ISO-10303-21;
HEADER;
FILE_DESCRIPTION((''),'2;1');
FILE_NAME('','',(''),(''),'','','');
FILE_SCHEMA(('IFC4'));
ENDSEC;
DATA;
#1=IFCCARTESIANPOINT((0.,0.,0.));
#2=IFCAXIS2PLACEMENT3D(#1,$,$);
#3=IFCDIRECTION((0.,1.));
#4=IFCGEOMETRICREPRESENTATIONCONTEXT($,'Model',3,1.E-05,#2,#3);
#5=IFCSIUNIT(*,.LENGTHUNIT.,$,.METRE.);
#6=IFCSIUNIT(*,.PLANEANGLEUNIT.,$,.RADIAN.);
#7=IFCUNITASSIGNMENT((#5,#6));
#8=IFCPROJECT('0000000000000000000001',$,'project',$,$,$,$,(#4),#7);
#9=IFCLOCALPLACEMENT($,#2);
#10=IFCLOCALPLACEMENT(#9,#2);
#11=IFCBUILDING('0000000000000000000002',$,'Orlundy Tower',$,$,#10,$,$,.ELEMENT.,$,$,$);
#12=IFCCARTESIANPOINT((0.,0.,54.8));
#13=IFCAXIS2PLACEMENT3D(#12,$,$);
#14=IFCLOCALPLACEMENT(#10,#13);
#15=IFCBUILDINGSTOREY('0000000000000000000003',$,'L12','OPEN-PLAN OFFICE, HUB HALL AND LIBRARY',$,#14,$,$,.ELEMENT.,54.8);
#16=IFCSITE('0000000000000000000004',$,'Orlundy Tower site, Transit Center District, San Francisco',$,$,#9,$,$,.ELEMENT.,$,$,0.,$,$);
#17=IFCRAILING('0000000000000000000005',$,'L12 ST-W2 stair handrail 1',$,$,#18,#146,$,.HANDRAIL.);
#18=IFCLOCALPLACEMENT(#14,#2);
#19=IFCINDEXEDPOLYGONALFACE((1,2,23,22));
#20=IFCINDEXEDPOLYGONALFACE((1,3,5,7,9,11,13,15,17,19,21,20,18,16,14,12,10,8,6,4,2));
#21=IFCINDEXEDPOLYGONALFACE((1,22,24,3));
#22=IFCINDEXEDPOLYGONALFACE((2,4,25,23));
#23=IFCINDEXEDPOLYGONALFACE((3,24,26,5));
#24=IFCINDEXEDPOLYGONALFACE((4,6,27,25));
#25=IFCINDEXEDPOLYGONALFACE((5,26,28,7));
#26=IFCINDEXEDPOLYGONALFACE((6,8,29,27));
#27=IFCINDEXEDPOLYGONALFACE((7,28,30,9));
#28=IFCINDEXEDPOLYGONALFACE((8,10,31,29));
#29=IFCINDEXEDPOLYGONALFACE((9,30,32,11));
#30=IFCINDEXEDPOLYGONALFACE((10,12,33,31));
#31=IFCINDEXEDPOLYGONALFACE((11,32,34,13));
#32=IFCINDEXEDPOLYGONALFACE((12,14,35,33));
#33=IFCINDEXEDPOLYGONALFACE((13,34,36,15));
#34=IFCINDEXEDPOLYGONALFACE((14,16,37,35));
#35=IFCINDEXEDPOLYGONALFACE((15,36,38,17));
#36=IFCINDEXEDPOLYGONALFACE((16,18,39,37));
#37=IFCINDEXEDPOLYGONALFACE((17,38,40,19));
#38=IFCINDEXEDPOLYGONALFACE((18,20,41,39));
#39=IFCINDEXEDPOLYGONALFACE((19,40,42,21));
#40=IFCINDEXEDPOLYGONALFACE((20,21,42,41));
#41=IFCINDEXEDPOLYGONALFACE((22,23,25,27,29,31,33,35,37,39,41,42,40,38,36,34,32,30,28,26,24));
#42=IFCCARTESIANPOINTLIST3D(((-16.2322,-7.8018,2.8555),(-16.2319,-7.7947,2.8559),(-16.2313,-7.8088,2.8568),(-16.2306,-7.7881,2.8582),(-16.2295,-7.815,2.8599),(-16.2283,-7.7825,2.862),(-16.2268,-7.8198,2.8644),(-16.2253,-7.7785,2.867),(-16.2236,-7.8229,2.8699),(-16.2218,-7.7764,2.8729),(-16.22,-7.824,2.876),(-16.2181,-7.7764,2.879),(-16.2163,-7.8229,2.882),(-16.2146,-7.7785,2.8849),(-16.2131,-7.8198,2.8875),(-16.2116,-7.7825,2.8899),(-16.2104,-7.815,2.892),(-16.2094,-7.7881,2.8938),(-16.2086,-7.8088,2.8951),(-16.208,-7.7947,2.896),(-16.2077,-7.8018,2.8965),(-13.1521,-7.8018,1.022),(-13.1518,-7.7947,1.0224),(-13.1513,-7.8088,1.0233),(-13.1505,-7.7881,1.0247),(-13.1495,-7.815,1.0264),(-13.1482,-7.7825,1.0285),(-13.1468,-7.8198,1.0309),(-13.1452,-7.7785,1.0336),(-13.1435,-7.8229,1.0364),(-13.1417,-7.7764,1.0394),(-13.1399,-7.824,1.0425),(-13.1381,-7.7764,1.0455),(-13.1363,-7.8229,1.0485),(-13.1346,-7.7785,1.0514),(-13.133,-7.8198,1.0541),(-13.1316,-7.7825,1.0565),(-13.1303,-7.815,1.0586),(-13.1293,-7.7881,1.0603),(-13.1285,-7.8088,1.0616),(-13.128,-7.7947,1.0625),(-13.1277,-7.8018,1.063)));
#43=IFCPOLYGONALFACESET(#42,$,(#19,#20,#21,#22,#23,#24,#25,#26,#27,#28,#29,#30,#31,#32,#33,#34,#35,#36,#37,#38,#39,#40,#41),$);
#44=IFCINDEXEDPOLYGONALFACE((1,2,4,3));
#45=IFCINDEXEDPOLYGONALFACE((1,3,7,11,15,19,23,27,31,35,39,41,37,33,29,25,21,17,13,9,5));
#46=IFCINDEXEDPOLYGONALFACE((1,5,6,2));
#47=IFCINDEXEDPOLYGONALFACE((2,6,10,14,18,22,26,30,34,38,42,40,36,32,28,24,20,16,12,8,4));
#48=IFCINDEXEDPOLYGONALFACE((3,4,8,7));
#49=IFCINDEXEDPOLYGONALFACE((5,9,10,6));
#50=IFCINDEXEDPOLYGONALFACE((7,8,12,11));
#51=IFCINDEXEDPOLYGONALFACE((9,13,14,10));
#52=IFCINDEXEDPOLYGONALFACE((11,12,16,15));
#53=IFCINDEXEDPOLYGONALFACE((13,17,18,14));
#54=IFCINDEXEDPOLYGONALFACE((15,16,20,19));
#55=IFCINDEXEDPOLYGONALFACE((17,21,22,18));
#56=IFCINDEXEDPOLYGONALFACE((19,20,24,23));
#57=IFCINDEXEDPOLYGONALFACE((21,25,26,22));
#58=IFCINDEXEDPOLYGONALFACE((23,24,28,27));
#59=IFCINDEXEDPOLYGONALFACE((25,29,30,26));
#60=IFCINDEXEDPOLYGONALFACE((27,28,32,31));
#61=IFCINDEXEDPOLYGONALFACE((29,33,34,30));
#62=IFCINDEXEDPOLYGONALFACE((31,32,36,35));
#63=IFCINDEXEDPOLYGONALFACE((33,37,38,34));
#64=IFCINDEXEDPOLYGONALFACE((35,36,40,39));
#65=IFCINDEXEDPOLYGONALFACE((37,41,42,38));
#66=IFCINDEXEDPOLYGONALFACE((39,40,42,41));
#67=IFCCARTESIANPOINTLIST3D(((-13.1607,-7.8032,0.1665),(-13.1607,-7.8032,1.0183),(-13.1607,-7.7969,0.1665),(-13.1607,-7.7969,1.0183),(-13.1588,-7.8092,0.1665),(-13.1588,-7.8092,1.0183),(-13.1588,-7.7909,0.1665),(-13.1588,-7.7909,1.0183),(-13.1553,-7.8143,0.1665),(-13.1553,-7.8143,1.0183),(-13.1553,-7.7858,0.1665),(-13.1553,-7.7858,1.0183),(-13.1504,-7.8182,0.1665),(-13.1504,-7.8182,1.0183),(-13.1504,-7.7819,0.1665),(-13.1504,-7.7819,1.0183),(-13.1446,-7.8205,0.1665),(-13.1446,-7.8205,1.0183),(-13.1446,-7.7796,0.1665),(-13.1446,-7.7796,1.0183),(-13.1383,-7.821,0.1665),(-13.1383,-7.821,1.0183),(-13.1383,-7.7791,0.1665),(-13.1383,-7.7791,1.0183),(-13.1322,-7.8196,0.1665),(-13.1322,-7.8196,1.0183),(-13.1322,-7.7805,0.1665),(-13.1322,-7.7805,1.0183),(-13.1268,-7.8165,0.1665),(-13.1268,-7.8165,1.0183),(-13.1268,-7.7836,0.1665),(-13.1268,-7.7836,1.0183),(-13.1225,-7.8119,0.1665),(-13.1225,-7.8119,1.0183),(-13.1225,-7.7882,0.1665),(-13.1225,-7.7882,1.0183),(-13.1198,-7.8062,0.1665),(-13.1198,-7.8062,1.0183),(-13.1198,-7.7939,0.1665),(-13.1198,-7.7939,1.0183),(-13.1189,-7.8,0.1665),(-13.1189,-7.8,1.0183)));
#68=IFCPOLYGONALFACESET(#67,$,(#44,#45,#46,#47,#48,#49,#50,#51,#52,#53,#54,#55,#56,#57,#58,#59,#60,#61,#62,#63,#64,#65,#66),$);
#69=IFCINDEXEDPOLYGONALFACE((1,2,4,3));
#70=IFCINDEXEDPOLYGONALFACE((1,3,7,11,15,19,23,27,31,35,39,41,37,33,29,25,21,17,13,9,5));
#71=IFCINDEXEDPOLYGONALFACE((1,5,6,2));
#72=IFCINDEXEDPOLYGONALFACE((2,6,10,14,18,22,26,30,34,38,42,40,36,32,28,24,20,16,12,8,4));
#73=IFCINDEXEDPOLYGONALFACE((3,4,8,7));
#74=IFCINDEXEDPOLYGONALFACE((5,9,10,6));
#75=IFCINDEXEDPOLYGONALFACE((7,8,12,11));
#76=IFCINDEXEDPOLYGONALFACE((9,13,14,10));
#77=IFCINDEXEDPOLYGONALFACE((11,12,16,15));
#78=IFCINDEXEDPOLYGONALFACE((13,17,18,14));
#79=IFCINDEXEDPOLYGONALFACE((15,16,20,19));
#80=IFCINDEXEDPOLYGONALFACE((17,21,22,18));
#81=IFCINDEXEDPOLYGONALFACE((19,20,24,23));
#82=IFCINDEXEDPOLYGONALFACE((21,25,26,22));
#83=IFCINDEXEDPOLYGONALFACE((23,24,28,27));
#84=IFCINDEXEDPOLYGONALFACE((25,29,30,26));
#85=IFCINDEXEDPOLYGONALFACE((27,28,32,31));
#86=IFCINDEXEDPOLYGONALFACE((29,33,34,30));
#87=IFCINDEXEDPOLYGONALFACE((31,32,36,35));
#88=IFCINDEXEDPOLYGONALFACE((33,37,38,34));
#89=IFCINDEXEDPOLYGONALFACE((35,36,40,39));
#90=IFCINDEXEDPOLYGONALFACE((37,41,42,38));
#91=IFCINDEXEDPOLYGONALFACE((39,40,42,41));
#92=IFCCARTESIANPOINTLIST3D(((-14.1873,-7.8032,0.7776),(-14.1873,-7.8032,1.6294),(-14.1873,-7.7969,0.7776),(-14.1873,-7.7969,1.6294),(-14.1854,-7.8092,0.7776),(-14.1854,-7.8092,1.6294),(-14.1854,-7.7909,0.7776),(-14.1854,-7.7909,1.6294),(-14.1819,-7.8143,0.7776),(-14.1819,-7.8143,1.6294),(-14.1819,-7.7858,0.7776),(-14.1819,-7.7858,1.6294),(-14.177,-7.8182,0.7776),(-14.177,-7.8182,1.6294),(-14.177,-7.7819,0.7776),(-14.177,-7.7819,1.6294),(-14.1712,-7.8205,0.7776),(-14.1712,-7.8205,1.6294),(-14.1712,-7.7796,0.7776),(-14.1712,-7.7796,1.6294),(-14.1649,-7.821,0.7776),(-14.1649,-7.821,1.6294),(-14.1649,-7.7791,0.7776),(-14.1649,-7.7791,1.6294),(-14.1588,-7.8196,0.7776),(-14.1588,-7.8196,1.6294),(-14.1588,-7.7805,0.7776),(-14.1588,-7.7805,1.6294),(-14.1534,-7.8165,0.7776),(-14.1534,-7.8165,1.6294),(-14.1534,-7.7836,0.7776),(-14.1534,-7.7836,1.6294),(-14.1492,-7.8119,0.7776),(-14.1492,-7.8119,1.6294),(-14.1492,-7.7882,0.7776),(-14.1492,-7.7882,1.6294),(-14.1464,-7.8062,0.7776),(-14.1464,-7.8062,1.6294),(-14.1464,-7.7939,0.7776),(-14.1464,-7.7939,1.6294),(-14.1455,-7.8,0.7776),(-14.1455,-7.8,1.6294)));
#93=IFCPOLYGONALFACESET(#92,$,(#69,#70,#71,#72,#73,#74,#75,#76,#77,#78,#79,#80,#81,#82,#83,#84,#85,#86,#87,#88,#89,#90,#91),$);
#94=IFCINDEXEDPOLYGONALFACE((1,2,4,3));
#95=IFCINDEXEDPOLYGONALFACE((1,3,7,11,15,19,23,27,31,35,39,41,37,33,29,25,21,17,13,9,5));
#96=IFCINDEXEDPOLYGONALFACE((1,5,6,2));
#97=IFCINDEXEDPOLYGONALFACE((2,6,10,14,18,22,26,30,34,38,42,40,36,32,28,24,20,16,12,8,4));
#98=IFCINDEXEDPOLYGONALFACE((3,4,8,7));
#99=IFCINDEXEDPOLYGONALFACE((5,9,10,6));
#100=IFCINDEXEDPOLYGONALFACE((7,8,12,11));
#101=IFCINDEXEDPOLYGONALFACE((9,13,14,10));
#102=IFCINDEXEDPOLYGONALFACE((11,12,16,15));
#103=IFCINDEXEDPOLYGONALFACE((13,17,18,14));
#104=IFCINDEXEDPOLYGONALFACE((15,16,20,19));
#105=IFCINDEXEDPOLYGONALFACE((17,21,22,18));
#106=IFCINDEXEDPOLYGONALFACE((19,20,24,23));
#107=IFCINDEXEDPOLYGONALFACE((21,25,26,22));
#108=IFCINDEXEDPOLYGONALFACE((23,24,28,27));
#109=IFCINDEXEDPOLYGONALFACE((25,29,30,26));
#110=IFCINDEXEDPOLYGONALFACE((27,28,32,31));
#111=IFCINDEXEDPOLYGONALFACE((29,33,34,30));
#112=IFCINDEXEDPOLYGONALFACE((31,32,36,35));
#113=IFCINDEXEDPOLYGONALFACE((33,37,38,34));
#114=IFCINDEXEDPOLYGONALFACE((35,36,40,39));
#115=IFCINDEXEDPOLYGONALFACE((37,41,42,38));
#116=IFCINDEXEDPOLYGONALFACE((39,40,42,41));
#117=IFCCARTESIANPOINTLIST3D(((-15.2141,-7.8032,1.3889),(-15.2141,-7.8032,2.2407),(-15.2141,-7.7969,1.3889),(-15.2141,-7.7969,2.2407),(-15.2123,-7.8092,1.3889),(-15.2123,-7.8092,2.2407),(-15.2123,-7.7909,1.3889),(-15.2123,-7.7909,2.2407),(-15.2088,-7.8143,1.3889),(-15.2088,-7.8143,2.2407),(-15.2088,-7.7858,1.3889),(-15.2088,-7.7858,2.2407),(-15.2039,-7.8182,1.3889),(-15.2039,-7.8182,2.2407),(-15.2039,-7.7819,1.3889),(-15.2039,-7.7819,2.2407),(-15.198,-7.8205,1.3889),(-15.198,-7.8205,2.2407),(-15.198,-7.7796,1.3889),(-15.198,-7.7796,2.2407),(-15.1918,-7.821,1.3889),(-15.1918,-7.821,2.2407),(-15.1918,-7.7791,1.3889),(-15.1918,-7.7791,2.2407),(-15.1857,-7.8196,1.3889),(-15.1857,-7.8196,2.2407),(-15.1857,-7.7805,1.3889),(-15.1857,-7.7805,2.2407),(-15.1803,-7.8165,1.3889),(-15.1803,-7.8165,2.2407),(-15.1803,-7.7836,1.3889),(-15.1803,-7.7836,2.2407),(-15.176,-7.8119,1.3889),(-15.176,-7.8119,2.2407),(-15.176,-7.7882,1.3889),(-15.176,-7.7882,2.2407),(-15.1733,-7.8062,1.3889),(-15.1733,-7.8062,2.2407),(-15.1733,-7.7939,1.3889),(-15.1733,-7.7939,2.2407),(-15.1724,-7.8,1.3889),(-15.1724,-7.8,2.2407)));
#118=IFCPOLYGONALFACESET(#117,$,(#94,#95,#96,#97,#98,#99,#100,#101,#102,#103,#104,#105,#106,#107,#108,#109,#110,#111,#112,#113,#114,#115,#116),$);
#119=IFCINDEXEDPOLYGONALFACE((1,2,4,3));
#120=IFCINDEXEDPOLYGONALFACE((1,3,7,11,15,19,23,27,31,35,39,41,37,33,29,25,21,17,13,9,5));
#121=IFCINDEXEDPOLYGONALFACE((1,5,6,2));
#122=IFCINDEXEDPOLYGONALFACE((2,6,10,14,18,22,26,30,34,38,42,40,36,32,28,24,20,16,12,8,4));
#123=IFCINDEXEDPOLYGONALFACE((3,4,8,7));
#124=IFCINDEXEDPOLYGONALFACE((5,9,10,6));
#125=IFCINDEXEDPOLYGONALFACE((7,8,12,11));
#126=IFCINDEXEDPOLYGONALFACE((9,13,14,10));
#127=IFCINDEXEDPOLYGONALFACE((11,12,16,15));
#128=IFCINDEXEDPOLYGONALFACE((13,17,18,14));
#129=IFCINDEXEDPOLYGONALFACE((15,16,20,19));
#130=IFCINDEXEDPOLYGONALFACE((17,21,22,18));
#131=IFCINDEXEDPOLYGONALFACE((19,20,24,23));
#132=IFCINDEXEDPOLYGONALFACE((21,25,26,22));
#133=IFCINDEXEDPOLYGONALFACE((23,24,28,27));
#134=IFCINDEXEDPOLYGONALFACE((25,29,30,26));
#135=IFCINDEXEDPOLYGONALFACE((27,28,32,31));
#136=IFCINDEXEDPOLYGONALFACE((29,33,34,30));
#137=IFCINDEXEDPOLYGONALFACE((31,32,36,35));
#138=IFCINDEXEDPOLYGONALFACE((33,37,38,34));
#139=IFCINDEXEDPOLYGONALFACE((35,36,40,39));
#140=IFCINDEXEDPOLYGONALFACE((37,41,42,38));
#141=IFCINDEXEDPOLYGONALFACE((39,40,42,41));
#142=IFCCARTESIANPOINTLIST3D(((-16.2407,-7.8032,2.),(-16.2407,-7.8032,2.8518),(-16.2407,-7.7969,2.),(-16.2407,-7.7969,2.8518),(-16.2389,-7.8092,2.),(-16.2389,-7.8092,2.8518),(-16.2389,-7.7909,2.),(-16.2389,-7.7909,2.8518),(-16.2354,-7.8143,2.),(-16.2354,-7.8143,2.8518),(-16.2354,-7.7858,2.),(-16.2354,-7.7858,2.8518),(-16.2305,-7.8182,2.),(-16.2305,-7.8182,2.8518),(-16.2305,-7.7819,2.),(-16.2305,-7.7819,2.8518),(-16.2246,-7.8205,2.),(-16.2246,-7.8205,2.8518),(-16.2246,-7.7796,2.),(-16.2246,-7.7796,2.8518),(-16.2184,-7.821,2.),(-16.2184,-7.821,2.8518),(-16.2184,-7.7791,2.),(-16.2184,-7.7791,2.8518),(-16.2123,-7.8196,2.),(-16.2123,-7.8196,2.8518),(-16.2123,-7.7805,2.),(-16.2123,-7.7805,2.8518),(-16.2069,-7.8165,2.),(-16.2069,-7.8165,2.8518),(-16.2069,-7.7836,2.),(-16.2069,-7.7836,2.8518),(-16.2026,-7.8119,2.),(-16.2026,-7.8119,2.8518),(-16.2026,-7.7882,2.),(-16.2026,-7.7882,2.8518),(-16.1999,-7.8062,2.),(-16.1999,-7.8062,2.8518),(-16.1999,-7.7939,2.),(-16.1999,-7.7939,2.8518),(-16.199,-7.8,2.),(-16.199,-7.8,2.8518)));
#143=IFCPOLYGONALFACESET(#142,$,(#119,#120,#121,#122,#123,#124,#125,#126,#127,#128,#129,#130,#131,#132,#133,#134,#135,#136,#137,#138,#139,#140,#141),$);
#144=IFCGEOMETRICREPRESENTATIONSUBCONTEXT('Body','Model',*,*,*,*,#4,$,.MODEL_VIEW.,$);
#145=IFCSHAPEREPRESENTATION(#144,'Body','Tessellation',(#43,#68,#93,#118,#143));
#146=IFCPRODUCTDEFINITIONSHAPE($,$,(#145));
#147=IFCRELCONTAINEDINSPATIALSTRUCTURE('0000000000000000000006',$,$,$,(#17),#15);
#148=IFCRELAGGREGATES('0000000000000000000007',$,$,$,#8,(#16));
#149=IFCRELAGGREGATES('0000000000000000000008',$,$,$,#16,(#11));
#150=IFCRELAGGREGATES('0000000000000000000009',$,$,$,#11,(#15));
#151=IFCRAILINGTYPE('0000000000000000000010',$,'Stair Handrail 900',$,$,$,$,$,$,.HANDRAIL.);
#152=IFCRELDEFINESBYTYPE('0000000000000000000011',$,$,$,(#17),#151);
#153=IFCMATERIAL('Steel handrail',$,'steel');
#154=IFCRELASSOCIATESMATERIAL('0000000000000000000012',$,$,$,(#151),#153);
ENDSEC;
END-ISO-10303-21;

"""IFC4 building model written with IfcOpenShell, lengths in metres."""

from ifc_helpers import new_model, si_unit, direction, frame, origin, origin_2d, place, context, subcontext, project, spatial, circle, extrude, material, type_object, element, save


model = new_model("IFC4")

# Units and contexts
model_context = context("Model", 3, precision=1e-05, world=origin(), true_north=direction((0.0, 1.0)))
body_context = subcontext(model_context, "Body", "Model", "MODEL_VIEW")
ifc_project = project(units=[si_unit("LENGTHUNIT", "METRE"), si_unit("PLANEANGLEUNIT", "RADIAN")], contexts=[model_context])

# Site, building, storey
site_placement = place(None, origin())
site = spatial("IfcSite", under=ifc_project, at=site_placement, Name="Orlundy Tower site, Transit Center District, San Francisco", CompositionType="ELEMENT", RefElevation=0.0)
building_placement = place(site_placement, origin())
building = spatial("IfcBuilding", under=site, at=building_placement, Name="Orlundy Tower", CompositionType="ELEMENT")
storey_placement = place(building_placement, frame((0.0, 0.0, 54.8)))
storey = spatial("IfcBuildingStorey", under=building, at=storey_placement, Name="L12", Description="OPEN-PLAN OFFICE, HUB HALL AND LIBRARY", CompositionType="ELEMENT", Elevation=54.8)

# Railing
ifc_material_1 = material(Name="Steel handrail", Category="steel")
railing_type_1 = type_object("IfcRailingType", Name="Stair Handrail 900", PredefinedType="HANDRAIL", material=ifc_material_1)
railing_1_placement = place(storey_placement, frame((-13.1399, -7.8, 0.1665)))
element("IfcRailing", 1, at=railing_1_placement, inside=storey, type_object=railing_type_1, Name="L12 ST-W2 stair handrail 1", PredefinedType="HANDRAIL", context=body_context, shape_type="SweptSolid", body=[
    extrude(circle(Radius=0.0239, at=origin_2d()), frame((0.0, 0.0, 0.876), z_axis=(-0.859279, 0.0, 0.511508), x_axis=(0.0, -1.0, 0.0)), (0.0, 0.0, 1.0), 3.5845),
    extrude(circle(Radius=0.021, at=origin_2d()), origin(), (0.0, 0.0, 1.0), 0.8518),
    extrude(circle(Radius=0.021, at=origin_2d()), frame((-1.0266, 0.0, 0.6111)), (0.0, 0.0, 1.0), 0.8518),
    extrude(circle(Radius=0.021, at=origin_2d()), frame((-2.0535, 0.0, 1.2224)), (0.0, 0.0, 1.0), 0.8518),
    extrude(circle(Radius=0.021, at=origin_2d()), frame((-3.0801, 0.0, 1.8335)), (0.0, 0.0, 1.0), 0.8518),
])

save(model, "model.ifc")
